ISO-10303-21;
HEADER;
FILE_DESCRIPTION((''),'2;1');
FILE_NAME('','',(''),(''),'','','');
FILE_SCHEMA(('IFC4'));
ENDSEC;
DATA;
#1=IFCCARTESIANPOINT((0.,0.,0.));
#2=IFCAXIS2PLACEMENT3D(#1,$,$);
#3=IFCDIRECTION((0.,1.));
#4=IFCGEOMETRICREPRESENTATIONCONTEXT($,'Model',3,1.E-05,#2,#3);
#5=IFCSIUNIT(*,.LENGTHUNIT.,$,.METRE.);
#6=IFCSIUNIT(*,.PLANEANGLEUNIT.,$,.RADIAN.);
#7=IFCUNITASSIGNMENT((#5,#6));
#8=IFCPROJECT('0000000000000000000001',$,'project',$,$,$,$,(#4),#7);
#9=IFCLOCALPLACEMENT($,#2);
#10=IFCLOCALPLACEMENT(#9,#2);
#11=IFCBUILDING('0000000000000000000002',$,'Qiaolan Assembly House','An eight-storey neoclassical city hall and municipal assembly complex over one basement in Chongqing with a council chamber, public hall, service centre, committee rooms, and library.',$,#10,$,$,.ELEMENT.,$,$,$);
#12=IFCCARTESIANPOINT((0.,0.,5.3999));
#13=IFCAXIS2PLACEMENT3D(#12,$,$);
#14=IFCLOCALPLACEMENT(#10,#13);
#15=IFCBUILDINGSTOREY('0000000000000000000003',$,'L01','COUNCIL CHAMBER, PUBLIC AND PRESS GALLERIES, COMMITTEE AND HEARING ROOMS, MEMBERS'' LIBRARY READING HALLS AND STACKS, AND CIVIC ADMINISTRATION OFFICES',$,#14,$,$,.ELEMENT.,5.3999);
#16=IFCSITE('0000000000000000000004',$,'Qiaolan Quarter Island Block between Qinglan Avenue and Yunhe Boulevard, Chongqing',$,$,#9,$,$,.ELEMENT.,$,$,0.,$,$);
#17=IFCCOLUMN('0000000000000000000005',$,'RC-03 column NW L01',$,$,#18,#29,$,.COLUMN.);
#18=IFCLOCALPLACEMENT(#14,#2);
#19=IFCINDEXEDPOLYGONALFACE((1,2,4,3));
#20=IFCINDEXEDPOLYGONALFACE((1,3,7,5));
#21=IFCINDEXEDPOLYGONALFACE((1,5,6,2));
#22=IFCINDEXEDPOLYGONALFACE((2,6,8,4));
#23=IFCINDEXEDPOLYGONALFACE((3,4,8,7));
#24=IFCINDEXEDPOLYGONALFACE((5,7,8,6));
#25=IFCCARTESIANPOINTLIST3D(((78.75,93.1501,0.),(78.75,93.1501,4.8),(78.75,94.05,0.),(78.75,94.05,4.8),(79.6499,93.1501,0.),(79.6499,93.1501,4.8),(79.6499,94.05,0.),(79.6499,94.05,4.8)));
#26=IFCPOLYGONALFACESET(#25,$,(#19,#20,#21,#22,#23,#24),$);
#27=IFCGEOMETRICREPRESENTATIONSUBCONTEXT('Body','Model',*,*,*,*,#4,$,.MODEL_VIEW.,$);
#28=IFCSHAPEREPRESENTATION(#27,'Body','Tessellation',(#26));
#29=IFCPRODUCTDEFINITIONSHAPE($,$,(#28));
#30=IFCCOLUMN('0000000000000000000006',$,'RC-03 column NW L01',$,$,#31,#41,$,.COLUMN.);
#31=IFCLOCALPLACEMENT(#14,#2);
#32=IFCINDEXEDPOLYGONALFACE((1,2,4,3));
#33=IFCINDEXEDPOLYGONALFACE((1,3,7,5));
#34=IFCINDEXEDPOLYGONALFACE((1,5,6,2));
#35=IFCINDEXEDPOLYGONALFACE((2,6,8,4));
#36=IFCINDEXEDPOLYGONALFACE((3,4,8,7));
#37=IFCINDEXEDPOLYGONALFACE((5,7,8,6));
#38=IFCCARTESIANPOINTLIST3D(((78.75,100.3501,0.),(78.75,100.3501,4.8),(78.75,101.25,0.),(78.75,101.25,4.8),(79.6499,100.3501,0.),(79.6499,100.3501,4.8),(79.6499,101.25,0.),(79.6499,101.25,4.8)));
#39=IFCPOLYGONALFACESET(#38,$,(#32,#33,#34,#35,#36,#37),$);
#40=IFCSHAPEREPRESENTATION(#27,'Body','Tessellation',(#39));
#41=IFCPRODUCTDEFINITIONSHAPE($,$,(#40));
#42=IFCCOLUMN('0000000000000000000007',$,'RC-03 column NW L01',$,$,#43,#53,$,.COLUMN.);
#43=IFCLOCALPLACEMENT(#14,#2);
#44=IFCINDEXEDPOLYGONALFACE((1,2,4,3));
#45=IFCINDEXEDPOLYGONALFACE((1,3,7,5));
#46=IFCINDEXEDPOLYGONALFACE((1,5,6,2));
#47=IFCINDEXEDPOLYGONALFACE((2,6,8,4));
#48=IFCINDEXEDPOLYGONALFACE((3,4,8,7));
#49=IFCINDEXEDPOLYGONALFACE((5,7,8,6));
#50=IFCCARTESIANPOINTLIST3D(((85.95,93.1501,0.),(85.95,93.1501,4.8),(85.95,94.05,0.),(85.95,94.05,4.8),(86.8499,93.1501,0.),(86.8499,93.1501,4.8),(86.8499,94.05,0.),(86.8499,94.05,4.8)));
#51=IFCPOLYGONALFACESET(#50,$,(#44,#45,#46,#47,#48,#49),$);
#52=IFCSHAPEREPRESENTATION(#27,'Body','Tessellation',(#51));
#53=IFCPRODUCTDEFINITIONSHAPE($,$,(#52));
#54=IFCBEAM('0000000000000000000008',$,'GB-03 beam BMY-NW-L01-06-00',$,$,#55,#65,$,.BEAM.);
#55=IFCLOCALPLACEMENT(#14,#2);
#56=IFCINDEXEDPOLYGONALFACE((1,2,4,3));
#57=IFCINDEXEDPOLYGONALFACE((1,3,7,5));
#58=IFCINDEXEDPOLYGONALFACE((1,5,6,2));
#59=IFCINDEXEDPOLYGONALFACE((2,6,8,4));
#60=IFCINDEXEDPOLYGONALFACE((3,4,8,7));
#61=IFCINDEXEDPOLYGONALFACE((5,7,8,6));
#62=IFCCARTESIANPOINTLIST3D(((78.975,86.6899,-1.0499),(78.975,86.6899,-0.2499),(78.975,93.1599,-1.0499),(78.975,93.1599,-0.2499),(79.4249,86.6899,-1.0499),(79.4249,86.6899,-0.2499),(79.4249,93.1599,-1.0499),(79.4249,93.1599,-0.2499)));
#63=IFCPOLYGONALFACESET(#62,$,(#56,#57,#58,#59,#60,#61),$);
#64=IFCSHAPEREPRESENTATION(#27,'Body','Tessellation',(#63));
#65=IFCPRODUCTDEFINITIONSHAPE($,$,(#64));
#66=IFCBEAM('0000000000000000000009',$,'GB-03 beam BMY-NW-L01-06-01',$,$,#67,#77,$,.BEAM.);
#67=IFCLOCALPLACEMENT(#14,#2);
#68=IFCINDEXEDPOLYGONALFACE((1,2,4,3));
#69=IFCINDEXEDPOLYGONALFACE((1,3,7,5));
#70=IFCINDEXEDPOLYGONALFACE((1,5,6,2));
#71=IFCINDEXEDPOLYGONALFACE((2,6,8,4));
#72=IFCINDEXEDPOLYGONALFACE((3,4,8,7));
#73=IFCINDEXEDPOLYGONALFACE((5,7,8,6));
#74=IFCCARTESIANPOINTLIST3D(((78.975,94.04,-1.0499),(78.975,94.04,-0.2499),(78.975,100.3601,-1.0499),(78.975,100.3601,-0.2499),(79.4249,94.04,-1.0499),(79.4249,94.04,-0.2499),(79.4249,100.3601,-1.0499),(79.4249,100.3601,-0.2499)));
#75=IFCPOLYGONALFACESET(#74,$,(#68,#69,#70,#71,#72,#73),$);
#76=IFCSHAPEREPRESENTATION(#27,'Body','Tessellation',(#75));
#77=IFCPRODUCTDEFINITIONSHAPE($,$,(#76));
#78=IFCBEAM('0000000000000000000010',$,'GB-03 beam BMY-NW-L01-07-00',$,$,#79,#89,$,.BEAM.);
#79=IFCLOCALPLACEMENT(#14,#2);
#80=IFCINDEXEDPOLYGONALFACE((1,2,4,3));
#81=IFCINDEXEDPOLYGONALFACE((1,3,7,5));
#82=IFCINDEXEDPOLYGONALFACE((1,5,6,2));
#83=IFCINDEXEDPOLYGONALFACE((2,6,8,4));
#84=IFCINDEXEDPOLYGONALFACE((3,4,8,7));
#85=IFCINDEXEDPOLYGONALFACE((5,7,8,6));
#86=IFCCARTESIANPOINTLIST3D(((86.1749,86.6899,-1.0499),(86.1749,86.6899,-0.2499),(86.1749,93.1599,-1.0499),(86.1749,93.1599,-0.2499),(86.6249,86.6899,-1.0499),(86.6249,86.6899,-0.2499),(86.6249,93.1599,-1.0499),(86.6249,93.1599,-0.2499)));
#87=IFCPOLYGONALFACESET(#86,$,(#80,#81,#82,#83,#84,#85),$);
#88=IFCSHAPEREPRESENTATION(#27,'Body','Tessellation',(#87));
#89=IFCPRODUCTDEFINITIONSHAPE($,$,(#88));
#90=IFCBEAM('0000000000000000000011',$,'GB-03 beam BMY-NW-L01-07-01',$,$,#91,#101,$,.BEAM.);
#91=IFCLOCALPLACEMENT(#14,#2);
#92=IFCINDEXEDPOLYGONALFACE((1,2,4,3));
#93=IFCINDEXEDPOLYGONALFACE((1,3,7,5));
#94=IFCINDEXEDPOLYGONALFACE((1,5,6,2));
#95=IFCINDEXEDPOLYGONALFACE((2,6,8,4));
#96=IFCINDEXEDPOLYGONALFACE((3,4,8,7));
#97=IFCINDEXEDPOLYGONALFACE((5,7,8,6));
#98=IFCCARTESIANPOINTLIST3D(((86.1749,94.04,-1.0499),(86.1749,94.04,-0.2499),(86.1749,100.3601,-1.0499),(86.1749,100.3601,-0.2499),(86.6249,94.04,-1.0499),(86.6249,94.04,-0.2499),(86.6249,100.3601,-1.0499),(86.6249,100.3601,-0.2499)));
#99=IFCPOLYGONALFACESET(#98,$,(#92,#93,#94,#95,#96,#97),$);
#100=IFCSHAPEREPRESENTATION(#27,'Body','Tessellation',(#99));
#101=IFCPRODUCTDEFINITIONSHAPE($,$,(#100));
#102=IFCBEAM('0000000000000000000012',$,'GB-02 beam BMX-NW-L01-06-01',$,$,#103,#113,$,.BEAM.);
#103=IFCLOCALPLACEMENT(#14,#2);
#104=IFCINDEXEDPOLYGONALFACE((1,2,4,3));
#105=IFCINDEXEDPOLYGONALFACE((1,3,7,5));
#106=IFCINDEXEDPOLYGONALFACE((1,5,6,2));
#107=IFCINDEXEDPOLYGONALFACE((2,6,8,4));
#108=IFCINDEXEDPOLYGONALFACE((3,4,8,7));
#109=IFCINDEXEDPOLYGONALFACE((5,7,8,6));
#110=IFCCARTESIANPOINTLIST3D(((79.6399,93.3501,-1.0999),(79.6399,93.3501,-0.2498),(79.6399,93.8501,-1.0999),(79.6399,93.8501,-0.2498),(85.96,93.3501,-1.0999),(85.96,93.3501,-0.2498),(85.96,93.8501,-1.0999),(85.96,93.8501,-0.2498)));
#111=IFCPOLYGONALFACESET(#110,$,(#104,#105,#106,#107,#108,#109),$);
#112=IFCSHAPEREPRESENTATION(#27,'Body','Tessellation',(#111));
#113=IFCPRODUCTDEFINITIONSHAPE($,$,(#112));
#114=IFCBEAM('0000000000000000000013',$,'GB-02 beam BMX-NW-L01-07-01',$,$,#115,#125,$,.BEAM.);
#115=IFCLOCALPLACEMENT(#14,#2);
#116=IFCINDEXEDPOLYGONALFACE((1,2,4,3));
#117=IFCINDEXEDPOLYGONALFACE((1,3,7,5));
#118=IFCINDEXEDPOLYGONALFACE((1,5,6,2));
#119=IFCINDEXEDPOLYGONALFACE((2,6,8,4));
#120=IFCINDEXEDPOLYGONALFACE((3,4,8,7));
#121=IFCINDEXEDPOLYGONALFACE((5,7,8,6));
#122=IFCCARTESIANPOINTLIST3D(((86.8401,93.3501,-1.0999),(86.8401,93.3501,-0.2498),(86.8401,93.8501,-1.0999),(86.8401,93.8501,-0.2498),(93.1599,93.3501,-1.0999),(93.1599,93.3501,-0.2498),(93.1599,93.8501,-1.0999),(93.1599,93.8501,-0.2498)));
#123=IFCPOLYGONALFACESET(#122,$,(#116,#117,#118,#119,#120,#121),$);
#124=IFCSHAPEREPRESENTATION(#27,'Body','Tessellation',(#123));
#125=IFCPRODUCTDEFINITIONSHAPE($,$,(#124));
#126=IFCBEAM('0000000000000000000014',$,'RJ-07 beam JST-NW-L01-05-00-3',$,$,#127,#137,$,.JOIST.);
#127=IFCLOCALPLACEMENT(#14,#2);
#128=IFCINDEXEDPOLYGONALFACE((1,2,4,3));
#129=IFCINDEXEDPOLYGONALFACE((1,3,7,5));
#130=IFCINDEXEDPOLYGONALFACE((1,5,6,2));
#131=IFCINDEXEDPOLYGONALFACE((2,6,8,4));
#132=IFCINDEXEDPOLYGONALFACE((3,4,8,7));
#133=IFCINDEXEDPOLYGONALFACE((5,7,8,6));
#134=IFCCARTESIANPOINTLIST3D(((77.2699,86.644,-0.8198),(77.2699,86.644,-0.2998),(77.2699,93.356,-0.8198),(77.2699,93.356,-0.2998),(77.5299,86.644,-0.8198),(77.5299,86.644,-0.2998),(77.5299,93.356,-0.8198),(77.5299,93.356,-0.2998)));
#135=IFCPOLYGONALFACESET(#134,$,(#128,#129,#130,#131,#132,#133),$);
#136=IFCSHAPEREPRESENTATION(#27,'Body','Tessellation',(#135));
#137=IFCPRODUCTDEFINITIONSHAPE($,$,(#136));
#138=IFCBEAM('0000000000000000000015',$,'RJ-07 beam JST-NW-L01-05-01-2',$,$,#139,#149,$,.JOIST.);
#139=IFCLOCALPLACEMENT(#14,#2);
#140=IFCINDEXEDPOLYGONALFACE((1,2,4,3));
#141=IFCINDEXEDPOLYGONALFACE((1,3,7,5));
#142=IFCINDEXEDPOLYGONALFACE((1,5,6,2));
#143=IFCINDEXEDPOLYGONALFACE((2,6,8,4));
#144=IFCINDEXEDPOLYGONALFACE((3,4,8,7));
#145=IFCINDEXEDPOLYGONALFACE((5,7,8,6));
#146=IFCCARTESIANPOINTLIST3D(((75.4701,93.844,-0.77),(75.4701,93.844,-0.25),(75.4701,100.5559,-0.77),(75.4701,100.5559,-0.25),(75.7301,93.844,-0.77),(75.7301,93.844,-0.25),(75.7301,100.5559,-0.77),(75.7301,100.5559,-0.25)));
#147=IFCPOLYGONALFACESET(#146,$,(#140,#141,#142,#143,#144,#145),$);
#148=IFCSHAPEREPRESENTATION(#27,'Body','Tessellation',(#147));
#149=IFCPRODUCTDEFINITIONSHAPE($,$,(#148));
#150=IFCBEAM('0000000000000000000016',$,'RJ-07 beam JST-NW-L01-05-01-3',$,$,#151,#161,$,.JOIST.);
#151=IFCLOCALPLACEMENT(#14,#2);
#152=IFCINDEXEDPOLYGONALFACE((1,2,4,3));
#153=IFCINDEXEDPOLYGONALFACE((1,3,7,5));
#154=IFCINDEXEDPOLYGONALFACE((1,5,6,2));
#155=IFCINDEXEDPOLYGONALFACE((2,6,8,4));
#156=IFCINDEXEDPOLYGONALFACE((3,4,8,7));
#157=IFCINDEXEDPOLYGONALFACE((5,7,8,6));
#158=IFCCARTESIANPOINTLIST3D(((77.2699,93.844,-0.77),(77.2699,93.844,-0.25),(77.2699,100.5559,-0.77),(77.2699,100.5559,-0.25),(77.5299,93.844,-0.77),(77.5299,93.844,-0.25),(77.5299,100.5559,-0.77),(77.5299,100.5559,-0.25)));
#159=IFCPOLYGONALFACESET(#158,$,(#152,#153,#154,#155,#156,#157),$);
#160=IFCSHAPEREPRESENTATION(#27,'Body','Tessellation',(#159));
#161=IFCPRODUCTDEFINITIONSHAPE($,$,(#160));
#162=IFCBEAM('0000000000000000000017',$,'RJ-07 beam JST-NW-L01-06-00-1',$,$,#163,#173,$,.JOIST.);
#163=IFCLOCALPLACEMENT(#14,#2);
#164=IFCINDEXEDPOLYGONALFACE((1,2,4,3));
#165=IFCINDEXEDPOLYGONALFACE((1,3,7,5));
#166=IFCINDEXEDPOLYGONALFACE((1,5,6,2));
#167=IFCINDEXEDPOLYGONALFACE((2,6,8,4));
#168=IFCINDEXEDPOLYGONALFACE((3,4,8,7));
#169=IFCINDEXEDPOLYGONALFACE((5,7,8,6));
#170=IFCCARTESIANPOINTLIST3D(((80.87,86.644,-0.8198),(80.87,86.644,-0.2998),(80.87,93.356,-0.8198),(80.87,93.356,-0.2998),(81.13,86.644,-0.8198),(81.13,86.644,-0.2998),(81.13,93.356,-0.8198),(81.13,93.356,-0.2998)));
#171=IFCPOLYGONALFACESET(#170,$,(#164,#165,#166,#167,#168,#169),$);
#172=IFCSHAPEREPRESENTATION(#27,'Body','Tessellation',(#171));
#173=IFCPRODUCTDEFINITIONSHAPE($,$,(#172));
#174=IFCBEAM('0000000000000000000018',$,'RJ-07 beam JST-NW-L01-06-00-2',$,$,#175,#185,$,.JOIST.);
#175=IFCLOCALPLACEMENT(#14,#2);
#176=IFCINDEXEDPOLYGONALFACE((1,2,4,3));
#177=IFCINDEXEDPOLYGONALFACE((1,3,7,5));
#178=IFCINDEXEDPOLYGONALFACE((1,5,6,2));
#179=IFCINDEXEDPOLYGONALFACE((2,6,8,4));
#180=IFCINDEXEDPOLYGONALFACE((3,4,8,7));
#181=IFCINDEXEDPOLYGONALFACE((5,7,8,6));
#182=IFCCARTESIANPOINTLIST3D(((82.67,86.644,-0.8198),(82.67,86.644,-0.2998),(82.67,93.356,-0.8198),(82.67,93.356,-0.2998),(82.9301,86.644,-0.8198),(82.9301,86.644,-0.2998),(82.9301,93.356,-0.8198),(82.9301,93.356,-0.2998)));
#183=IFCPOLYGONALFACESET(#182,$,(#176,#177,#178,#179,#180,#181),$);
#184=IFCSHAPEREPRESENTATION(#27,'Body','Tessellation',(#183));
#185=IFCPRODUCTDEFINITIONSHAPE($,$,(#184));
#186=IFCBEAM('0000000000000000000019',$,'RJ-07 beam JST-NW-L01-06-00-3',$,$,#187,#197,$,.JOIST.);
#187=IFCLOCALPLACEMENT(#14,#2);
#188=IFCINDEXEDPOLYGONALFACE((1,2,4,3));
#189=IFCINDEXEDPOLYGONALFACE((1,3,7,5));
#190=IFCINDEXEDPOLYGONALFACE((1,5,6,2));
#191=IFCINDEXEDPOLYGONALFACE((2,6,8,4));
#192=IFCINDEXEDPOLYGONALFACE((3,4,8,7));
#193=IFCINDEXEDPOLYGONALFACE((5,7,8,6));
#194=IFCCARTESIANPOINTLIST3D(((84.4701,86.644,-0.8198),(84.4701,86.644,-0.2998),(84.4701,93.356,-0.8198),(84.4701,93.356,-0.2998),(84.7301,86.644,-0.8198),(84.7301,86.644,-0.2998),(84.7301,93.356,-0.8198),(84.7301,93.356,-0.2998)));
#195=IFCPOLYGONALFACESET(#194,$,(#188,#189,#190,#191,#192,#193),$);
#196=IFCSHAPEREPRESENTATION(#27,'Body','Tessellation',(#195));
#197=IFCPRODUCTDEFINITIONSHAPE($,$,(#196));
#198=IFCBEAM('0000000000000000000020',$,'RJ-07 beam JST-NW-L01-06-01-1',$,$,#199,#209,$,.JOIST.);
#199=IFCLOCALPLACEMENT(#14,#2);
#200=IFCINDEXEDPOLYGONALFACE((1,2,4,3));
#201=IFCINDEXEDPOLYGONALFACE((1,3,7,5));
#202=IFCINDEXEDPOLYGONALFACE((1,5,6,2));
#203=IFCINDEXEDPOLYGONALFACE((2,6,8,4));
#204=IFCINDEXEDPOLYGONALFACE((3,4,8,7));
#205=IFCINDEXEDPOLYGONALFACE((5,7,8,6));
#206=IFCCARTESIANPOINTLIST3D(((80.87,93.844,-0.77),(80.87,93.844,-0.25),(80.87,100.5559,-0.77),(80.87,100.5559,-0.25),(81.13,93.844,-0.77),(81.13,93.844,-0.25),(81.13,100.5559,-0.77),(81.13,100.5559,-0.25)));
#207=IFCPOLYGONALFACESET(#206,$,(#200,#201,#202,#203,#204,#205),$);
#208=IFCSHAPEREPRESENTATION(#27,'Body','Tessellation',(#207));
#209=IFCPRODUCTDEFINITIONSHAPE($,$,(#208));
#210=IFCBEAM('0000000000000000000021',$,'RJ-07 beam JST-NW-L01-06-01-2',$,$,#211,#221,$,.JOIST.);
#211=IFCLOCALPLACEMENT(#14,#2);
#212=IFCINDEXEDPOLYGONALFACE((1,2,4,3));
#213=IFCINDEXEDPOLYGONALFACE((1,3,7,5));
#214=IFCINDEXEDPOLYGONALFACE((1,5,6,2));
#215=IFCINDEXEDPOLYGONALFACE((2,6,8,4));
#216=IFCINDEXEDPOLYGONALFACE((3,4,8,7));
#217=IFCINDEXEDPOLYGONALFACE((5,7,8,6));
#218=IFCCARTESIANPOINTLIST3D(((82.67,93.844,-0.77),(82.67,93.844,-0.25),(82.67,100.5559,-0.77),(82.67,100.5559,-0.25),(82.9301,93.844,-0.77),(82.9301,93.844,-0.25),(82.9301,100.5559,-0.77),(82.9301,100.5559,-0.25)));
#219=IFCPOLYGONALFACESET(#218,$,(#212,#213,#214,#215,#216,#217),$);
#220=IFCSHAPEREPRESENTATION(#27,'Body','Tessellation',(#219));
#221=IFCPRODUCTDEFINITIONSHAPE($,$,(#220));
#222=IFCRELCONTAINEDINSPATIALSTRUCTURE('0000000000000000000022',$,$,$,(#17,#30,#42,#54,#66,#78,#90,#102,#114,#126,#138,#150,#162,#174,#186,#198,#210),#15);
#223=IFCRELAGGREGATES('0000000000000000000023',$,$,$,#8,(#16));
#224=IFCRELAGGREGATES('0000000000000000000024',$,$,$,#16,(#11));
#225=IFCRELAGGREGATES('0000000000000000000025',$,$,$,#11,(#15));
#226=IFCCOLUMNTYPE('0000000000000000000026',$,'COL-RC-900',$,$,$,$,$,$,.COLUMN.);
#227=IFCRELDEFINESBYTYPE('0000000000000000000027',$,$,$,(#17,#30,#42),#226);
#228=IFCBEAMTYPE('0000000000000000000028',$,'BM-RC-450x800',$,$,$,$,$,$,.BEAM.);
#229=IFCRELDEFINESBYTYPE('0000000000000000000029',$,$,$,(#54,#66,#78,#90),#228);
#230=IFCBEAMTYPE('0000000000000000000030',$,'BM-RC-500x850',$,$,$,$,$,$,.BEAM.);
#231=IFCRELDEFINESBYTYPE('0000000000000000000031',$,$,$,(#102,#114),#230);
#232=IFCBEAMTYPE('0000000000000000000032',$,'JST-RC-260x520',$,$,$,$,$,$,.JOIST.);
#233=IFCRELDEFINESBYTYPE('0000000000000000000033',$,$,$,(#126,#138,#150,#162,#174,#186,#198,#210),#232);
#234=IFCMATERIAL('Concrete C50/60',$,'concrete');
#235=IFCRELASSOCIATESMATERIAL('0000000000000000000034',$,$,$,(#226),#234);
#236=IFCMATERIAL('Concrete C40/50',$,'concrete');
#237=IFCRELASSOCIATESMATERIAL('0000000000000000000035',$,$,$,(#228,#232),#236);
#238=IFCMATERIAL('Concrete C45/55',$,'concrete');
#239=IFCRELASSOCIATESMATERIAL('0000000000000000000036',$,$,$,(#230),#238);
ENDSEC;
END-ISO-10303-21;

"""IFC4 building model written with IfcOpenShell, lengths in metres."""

from ifc_helpers import new_model, si_unit, direction, frame, origin, origin_2d, place, context, subcontext, project, spatial, rectangle, extrude, material, material_profile, profile_set, type_object, element, save


model = new_model("IFC4")

# Units and contexts
model_context = context("Model", 3, precision=1e-05, world=origin(), true_north=direction((0.0, 1.0)))
body_context = subcontext(model_context, "Body", "Model", "MODEL_VIEW")
ifc_project = project(units=[si_unit("LENGTHUNIT", "METRE"), si_unit("PLANEANGLEUNIT", "RADIAN")], contexts=[model_context])

# Site, building, storey
site_placement = place(None, origin())
site = spatial("IfcSite", under=ifc_project, at=site_placement, Name="Qiaolan Quarter Island Block between Qinglan Avenue and Yunhe Boulevard, Chongqing", CompositionType="ELEMENT", RefElevation=0.0)
building_placement = place(site_placement, origin())
building = spatial("IfcBuilding", under=site, at=building_placement, Name="Qiaolan Assembly House", Description="An eight-storey neoclassical city hall and municipal assembly complex over one basement in Chongqing with a council chamber, public hall, service centre, committee rooms, and library.", CompositionType="ELEMENT")
storey_placement = place(building_placement, frame((0.0, 0.0, 5.3999)))
storey = spatial("IfcBuildingStorey", under=building, at=storey_placement, Name="L01", Description="COUNCIL CHAMBER, PUBLIC AND PRESS GALLERIES, COMMITTEE AND HEARING ROOMS, MEMBERS' LIBRARY READING HALLS AND STACKS, AND CIVIC ADMINISTRATION OFFICES", CompositionType="ELEMENT", Elevation=5.3999)

# Columns
ifc_material_1 = material(Name="Concrete C50/60", Category="concrete")
ifc_material_profile_1 = material_profile(ifc_material_1, rectangle(XDim=0.8999, YDim=0.8999, at=origin_2d()), Name="RC 900x900")
ifc_profile_set_1 = profile_set([ifc_material_profile_1], Name="Concrete C50/60")
column_type = type_object("IfcColumnType", Name="COL-RC-900", PredefinedType="COLUMN", material=ifc_profile_set_1)
for number, where, z_axis, x_axis, name in (
    (1, (79.2, 93.6001, 0.0), (0.0, 0.0, 1.0), (1.0, 0.0, 0.0), "RC-03 column NW L01"),
    (2, (79.2, 100.8, 0.0), (0.0, 0.0, 1.0), (1.0, 0.0, 0.0), "RC-03 column NW L01"),
    (3, (86.3999, 93.6001, 0.0), (0.0, 0.0, 1.0), (1.0, 0.0, 0.0), "RC-03 column NW L01"),
):
    element("IfcColumn", number, at=place(storey_placement, frame(where, z_axis=z_axis, x_axis=x_axis)), inside=storey, type_object=column_type, Name=name, PredefinedType="COLUMN", context=body_context, shape_type="SweptSolid", body=[
        extrude(rectangle(XDim=0.8999, YDim=0.8999, at=origin_2d()), origin(), (0.0, 0.0, 1.0), 4.8),
    ])

# Beams
ifc_material_2 = material(Name="Concrete C40/50", Category="concrete")
ifc_material_profile_2 = material_profile(ifc_material_2, rectangle(XDim=0.45, YDim=0.8, at=origin_2d()), Name="RCB 450x800")
ifc_profile_set_2 = profile_set([ifc_material_profile_2], Name="Concrete C40/50")
beam_type_1 = type_object("IfcBeamType", Name="BM-RC-450x800", PredefinedType="BEAM", material=ifc_profile_set_2)
beam_1_placement = place(storey_placement, frame((79.2, 86.6899, -0.6499), z_axis=(0.0, 1.0, 0.0), x_axis=(-1.0, 0.0, 0.0)))
element("IfcBeam", 4, at=beam_1_placement, inside=storey, type_object=beam_type_1, Name="GB-03 beam BMY-NW-L01-06-00", PredefinedType="BEAM", context=body_context, shape_type="SweptSolid", body=[
    extrude(rectangle(XDim=0.45, YDim=0.8, at=origin_2d()), origin(), (0.0, 0.0, 1.0), 6.47),
])
beam_2_placement = place(storey_placement, frame((79.2, 94.04, -0.6499), z_axis=(0.0, 1.0, 0.0), x_axis=(-1.0, 0.0, 0.0)))
element("IfcBeam", 5, at=beam_2_placement, inside=storey, type_object=beam_type_1, Name="GB-03 beam BMY-NW-L01-06-01", PredefinedType="BEAM", context=body_context, shape_type="SweptSolid", body=[
    extrude(rectangle(XDim=0.45, YDim=0.8, at=origin_2d()), origin(), (0.0, 0.0, 1.0), 6.3201),
])
beam_3_placement = place(storey_placement, frame((86.3999, 86.6899, -0.6499), z_axis=(0.0, 1.0, 0.0), x_axis=(-1.0, 0.0, 0.0)))
element("IfcBeam", 6, at=beam_3_placement, inside=storey, type_object=beam_type_1, Name="GB-03 beam BMY-NW-L01-07-00", PredefinedType="BEAM", context=body_context, shape_type="SweptSolid", body=[
    extrude(rectangle(XDim=0.45, YDim=0.8, at=origin_2d()), origin(), (0.0, 0.0, 1.0), 6.47),
])
beam_4_placement = place(storey_placement, frame((86.3999, 94.04, -0.6499), z_axis=(0.0, 1.0, 0.0), x_axis=(-1.0, 0.0, 0.0)))
element("IfcBeam", 7, at=beam_4_placement, inside=storey, type_object=beam_type_1, Name="GB-03 beam BMY-NW-L01-07-01", PredefinedType="BEAM", context=body_context, shape_type="SweptSolid", body=[
    extrude(rectangle(XDim=0.45, YDim=0.8, at=origin_2d()), origin(), (0.0, 0.0, 1.0), 6.3201),
])
ifc_material_3 = material(Name="Concrete C45/55", Category="concrete")
ifc_material_profile_3 = material_profile(ifc_material_3, rectangle(XDim=0.5, YDim=0.8501, at=origin_2d()), Name="RCB 500x850")
ifc_profile_set_3 = profile_set([ifc_material_profile_3], Name="Concrete C45/55")
beam_type_2 = type_object("IfcBeamType", Name="BM-RC-500x850", PredefinedType="BEAM", material=ifc_profile_set_3)
beam_5_placement = place(storey_placement, frame((79.6399, 93.6001, -0.6748), z_axis=(1.0, 0.0, 0.0), x_axis=(0.0, 1.0, 0.0)))
element("IfcBeam", 8, at=beam_5_placement, inside=storey, type_object=beam_type_2, Name="GB-02 beam BMX-NW-L01-06-01", PredefinedType="BEAM", context=body_context, shape_type="SweptSolid", body=[
    extrude(rectangle(XDim=0.5, YDim=0.8501, at=origin_2d()), origin(), (0.0, 0.0, 1.0), 6.3201),
])
beam_6_placement = place(storey_placement, frame((86.8401, 93.6001, -0.6748), z_axis=(1.0, 0.0, 0.0), x_axis=(0.0, 1.0, 0.0)))
element("IfcBeam", 9, at=beam_6_placement, inside=storey, type_object=beam_type_2, Name="GB-02 beam BMX-NW-L01-07-01", PredefinedType="BEAM", context=body_context, shape_type="SweptSolid", body=[
    extrude(rectangle(XDim=0.5, YDim=0.8501, at=origin_2d()), origin(), (0.0, 0.0, 1.0), 6.3198),
])
ifc_material_profile_4 = material_profile(ifc_material_2, rectangle(XDim=0.26, YDim=0.52, at=origin_2d()), Name="RCB 260x520")
ifc_profile_set_4 = profile_set([ifc_material_profile_4], Name="Concrete C40/50")
beam_type_3 = type_object("IfcBeamType", Name="JST-RC-260x520", PredefinedType="JOIST", material=ifc_profile_set_4)
for number, where, z_axis, x_axis, name in (
    (10, (77.3999, 86.644, -0.5598), (0.0, 1.0, 0.0), (-1.0, 0.0, 0.0), "RJ-07 beam JST-NW-L01-05-00-3"),
    (11, (75.6001, 93.844, -0.51), (0.0, 1.0, 0.0), (-1.0, 0.0, 0.0), "RJ-07 beam JST-NW-L01-05-01-2"),
    (12, (77.3999, 93.844, -0.51), (0.0, 1.0, 0.0), (-1.0, 0.0, 0.0), "RJ-07 beam JST-NW-L01-05-01-3"),
    (13, (81.0, 86.644, -0.5598), (0.0, 1.0, 0.0), (-1.0, 0.0, 0.0), "RJ-07 beam JST-NW-L01-06-00-1"),
    (14, (82.8, 86.644, -0.5598), (0.0, 1.0, 0.0), (-1.0, 0.0, 0.0), "RJ-07 beam JST-NW-L01-06-00-2"),
    (15, (84.6001, 86.644, -0.5598), (0.0, 1.0, 0.0), (-1.0, 0.0, 0.0), "RJ-07 beam JST-NW-L01-06-00-3"),
    (16, (81.0, 93.844, -0.51), (0.0, 1.0, 0.0), (-1.0, 0.0, 0.0), "RJ-07 beam JST-NW-L01-06-01-1"),
    (17, (82.8, 93.844, -0.51), (0.0, 1.0, 0.0), (-1.0, 0.0, 0.0), "RJ-07 beam JST-NW-L01-06-01-2"),
):
    element("IfcBeam", number, at=place(storey_placement, frame(where, z_axis=z_axis, x_axis=x_axis)), inside=storey, type_object=beam_type_3, Name=name, PredefinedType="JOIST", context=body_context, shape_type="SweptSolid", body=[
        extrude(rectangle(XDim=0.26, YDim=0.52, at=origin_2d()), origin(), (0.0, 0.0, 1.0), 6.7119),
    ])

save(model, "model.ifc")
